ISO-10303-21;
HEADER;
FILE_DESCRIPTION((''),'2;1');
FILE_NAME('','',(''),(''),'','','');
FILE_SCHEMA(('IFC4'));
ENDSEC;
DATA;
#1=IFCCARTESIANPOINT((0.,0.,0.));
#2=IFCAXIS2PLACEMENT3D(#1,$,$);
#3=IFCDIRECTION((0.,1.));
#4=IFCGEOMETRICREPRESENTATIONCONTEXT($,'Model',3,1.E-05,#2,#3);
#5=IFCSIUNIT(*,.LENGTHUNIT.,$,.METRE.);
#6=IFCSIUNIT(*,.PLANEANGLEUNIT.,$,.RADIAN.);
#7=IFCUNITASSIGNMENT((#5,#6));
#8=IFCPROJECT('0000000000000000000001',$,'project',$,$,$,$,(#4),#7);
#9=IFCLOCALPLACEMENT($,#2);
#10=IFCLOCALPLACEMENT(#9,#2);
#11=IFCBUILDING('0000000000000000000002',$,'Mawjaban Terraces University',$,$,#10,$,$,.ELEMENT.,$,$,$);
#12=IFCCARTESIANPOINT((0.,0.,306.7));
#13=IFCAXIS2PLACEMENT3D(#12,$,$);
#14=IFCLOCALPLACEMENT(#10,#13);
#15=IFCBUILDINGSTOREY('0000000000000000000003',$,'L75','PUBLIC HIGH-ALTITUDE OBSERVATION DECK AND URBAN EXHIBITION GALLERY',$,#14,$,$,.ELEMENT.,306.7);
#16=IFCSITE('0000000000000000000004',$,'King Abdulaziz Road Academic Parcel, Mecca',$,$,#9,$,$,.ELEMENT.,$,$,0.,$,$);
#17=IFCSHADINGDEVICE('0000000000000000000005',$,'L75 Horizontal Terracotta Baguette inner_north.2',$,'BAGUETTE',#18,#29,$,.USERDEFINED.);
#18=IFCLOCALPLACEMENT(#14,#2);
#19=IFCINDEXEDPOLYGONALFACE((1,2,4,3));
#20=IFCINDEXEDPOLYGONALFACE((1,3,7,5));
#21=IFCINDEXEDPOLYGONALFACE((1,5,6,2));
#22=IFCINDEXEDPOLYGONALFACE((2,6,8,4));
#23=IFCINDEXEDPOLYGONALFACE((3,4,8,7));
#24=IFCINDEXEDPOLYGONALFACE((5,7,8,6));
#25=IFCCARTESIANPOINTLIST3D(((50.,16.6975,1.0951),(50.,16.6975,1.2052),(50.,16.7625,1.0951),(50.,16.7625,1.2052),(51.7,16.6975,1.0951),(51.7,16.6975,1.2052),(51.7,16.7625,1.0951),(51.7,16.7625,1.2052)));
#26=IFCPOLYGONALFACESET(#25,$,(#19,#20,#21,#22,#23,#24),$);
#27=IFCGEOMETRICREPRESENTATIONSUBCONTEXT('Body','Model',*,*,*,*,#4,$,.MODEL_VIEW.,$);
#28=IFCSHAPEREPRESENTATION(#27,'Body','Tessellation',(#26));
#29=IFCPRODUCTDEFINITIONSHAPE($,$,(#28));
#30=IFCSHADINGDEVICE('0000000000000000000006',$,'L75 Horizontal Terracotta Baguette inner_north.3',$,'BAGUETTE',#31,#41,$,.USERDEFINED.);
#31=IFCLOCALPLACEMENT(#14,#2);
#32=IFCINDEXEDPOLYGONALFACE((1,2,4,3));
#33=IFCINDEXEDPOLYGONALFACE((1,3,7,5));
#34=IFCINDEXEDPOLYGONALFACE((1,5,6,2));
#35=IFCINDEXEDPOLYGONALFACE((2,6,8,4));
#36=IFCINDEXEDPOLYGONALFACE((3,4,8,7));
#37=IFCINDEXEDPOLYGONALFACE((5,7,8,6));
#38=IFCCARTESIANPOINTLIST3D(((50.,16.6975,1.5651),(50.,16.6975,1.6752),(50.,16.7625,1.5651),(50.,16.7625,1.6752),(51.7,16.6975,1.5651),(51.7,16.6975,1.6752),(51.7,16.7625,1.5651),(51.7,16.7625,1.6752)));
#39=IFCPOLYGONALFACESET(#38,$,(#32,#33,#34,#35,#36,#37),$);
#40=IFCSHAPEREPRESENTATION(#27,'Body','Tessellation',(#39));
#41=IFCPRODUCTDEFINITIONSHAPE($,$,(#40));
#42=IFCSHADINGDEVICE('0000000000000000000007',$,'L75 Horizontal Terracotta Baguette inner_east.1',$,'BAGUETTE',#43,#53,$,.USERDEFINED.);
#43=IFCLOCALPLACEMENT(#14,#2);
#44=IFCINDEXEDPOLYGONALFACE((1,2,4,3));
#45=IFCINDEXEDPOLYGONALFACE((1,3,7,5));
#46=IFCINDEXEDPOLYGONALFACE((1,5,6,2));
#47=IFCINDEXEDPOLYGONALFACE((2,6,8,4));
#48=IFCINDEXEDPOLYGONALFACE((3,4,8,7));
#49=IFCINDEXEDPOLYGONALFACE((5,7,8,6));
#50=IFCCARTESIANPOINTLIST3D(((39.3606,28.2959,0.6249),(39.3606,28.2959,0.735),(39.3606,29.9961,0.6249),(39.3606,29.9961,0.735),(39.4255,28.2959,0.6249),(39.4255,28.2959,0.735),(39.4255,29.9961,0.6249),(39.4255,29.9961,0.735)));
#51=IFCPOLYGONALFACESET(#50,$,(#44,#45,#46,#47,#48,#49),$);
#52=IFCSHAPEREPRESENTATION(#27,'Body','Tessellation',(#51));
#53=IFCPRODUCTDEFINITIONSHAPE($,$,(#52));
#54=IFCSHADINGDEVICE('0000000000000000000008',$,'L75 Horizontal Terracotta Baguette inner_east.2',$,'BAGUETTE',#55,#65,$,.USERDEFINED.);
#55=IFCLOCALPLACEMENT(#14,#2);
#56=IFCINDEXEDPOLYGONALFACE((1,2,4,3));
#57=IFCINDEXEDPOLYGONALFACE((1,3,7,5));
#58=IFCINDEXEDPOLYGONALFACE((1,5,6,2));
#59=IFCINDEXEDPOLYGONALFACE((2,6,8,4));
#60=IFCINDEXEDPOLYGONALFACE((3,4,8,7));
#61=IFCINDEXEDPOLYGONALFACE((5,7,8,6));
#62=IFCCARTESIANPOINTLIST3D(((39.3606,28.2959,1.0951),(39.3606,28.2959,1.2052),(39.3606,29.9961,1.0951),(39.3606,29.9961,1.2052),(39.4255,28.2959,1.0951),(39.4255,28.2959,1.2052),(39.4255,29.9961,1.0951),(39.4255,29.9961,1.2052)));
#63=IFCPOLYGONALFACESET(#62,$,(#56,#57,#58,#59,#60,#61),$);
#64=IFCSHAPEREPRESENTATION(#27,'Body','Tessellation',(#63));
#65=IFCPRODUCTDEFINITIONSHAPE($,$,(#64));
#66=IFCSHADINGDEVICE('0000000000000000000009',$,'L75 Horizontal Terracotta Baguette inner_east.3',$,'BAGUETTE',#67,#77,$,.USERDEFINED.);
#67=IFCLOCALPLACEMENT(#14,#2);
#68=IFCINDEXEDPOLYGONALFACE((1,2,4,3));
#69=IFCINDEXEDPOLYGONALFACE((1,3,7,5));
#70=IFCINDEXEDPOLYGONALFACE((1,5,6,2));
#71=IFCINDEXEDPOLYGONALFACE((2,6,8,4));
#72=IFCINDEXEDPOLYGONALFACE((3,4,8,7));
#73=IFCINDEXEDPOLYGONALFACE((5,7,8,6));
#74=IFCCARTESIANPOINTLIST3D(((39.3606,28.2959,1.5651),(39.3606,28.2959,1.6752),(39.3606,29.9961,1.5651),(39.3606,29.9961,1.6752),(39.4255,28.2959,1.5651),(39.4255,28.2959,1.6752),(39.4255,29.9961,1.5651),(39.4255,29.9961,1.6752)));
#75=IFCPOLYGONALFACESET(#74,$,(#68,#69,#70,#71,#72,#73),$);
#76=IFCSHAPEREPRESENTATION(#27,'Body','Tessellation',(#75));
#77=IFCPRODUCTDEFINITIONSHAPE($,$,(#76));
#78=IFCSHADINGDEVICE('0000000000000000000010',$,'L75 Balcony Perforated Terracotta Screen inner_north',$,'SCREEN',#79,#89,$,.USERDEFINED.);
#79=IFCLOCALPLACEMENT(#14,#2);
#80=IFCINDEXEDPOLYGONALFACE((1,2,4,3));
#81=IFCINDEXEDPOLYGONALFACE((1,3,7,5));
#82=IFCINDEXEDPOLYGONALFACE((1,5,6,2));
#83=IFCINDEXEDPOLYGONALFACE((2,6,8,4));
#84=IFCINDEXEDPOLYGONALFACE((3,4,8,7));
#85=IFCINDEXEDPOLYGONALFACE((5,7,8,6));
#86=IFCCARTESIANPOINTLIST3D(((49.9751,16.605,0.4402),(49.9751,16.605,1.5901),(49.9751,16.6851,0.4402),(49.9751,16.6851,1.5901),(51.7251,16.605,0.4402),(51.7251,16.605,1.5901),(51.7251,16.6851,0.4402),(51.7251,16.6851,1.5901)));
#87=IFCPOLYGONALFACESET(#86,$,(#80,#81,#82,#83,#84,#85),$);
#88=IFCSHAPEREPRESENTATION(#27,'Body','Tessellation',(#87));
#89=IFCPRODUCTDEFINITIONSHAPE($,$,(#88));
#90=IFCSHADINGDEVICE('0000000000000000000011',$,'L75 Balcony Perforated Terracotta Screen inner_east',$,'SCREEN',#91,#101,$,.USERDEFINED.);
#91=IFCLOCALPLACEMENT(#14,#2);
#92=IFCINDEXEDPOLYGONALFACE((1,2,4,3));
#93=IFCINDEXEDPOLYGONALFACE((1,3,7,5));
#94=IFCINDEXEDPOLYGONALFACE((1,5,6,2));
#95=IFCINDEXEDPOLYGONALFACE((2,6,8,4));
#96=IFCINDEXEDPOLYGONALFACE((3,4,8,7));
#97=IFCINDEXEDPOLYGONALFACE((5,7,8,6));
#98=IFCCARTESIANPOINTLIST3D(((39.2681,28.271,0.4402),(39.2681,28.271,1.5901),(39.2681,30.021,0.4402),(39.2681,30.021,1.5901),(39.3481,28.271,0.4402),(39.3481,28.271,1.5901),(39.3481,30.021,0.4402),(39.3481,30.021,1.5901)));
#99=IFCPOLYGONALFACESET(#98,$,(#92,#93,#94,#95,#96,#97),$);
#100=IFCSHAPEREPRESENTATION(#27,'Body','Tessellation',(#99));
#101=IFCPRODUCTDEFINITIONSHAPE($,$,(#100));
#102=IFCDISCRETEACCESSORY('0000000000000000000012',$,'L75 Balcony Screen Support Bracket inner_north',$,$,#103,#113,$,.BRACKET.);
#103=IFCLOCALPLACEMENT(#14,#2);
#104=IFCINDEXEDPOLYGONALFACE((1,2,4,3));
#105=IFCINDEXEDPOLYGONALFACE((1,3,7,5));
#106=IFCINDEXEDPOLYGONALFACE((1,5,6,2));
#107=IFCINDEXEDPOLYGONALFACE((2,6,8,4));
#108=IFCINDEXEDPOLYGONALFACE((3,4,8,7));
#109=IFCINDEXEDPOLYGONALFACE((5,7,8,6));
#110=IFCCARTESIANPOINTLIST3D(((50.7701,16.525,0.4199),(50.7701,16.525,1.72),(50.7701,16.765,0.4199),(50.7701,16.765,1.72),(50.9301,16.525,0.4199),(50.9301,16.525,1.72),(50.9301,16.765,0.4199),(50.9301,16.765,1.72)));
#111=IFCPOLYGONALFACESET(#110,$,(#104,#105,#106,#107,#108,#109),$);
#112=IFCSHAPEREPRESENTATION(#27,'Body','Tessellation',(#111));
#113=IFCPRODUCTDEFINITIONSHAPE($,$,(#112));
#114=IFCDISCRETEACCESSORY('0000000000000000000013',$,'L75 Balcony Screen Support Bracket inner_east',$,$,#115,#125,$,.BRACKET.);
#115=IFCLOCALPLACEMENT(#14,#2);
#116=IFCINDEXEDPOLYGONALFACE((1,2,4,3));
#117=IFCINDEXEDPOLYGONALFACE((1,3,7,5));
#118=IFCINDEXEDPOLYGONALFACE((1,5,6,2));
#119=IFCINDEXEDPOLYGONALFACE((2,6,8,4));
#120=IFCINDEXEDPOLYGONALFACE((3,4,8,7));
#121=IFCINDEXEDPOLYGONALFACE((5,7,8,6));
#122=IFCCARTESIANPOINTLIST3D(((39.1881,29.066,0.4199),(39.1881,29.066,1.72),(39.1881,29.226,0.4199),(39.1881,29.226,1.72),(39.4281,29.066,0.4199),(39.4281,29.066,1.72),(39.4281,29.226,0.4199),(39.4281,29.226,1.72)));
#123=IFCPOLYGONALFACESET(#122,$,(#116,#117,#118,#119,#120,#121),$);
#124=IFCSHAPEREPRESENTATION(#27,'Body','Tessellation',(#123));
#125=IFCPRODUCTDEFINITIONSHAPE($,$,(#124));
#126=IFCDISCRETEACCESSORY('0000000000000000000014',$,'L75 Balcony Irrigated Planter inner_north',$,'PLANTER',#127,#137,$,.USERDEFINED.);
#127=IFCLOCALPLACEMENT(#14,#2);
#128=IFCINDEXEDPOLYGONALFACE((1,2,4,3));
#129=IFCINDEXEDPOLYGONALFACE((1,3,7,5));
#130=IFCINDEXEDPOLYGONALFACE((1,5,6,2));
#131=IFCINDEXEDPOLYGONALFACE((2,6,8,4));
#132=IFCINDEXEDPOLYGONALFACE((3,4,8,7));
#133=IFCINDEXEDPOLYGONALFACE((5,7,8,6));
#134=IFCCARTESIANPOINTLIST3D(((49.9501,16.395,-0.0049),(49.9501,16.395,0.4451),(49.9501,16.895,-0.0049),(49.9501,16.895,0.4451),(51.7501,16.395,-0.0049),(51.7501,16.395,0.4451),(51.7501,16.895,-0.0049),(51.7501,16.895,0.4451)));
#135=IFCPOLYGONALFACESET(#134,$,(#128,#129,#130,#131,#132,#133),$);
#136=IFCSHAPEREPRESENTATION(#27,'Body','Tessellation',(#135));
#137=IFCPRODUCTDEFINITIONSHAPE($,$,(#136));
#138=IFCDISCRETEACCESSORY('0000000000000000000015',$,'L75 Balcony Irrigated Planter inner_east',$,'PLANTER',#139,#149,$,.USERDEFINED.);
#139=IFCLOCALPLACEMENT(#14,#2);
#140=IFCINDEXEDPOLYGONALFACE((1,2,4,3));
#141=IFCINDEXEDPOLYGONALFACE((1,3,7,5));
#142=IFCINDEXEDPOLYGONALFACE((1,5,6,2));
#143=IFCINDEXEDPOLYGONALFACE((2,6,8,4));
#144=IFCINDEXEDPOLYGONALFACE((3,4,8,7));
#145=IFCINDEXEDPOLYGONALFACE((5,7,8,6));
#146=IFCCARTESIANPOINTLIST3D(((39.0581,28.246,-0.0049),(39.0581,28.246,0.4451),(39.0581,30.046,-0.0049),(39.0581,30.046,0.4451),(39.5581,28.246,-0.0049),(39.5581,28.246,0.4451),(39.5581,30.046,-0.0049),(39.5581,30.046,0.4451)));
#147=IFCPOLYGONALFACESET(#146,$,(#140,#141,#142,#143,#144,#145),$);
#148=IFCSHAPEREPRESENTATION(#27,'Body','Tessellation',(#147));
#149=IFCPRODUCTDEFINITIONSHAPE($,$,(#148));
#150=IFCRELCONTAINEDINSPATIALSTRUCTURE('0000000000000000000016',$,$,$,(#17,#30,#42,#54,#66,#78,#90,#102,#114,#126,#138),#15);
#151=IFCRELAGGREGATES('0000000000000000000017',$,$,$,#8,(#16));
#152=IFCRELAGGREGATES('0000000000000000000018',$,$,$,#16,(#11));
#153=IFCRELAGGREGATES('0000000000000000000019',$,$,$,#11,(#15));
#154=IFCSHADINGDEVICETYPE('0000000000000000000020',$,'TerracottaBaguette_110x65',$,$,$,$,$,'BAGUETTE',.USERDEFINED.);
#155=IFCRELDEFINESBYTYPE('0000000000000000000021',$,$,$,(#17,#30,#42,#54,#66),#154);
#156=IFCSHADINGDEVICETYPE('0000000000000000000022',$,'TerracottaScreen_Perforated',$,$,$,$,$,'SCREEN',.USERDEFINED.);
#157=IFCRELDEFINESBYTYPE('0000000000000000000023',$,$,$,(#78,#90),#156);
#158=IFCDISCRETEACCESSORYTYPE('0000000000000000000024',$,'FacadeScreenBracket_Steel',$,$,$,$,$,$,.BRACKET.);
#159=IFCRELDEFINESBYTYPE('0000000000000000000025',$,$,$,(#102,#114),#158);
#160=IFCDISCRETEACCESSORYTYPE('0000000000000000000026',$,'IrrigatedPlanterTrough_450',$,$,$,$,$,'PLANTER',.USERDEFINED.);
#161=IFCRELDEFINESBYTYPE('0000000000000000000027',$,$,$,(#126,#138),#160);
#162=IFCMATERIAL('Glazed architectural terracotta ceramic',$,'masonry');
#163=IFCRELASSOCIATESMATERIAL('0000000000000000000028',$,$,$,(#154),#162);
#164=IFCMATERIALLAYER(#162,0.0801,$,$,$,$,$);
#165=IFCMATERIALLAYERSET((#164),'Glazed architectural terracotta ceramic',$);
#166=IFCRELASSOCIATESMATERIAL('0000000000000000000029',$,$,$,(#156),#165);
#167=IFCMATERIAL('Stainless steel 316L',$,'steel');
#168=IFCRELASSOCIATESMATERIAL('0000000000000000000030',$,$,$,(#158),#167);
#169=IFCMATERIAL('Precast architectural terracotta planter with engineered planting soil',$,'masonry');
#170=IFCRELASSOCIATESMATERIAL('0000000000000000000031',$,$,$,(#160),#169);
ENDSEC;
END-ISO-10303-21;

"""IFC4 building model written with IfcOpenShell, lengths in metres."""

from ifc_helpers import new_model, si_unit, direction, frame, origin, origin_2d, place, context, subcontext, project, spatial, rectangle, extrude, material, layer, layer_set, material_profile, profile_set, type_object, element, save


model = new_model("IFC4")

# Units and contexts
model_context = context("Model", 3, precision=1e-05, world=origin(), true_north=direction((0.0, 1.0)))
body_context = subcontext(model_context, "Body", "Model", "MODEL_VIEW")
ifc_project = project(units=[si_unit("LENGTHUNIT", "METRE"), si_unit("PLANEANGLEUNIT", "RADIAN")], contexts=[model_context])

# Site, building, storey
site_placement = place(None, origin())
site = spatial("IfcSite", under=ifc_project, at=site_placement, Name="King Abdulaziz Road Academic Parcel, Mecca", CompositionType="ELEMENT", RefElevation=0.0)
building_placement = place(site_placement, origin())
building = spatial("IfcBuilding", under=site, at=building_placement, Name="Mawjaban Terraces University", CompositionType="ELEMENT")
storey_placement = place(building_placement, frame((0.0, 0.0, 306.7)))
storey = spatial("IfcBuildingStorey", under=building, at=storey_placement, Name="L75", Description="PUBLIC HIGH-ALTITUDE OBSERVATION DECK AND URBAN EXHIBITION GALLERY", CompositionType="ELEMENT", Elevation=306.7)

# Shading devices
ifc_material_1 = material(Name="Glazed architectural terracotta ceramic", Category="masonry")
ifc_material_profile_1 = material_profile(ifc_material_1, rectangle(XDim=0.0649, YDim=0.1101, at=origin_2d()), Name="TBAG110X65")
ifc_profile_set_1 = profile_set([ifc_material_profile_1], Name="Glazed architectural terracotta ceramic")
shading_device_type_1 = type_object("IfcShadingDeviceType", Name="TerracottaBaguette_110x65", ElementType="BAGUETTE", PredefinedType="USERDEFINED", material=ifc_profile_set_1)
for number, where, z_axis, x_axis, name in (
    (1, (50.0, 16.73, 1.1501), (1.0, 0.0, 0.0), (0.0, 1.0, 0.0), "L75 Horizontal Terracotta Baguette inner_north.2"),
    (2, (50.0, 16.73, 1.6201), (1.0, 0.0, 0.0), (0.0, 1.0, 0.0), "L75 Horizontal Terracotta Baguette inner_north.3"),
):
    element("IfcShadingDevice", number, at=place(storey_placement, frame(where, z_axis=z_axis, x_axis=x_axis)), inside=storey, type_object=shading_device_type_1, Name=name, ObjectType="BAGUETTE", PredefinedType="USERDEFINED", context=body_context, shape_type="SweptSolid", body=[
        extrude(rectangle(XDim=0.0649, YDim=0.1101, at=origin_2d()), origin(), (0.0, 0.0, 1.0), 1.7),
    ])
for number, where, z_axis, x_axis, name in (
    (3, (39.3931, 28.2959, 0.6799), (0.0, 1.0, 0.0), (-1.0, 0.0, 0.0), "L75 Horizontal Terracotta Baguette inner_east.1"),
    (4, (39.3931, 28.2959, 1.1501), (0.0, 1.0, 0.0), (-1.0, 0.0, 0.0), "L75 Horizontal Terracotta Baguette inner_east.2"),
    (5, (39.3931, 28.2959, 1.6201), (0.0, 1.0, 0.0), (-1.0, 0.0, 0.0), "L75 Horizontal Terracotta Baguette inner_east.3"),
):
    element("IfcShadingDevice", number, at=place(storey_placement, frame(where, z_axis=z_axis, x_axis=x_axis)), inside=storey, type_object=shading_device_type_1, Name=name, ObjectType="BAGUETTE", PredefinedType="USERDEFINED", context=body_context, shape_type="SweptSolid", body=[
        extrude(rectangle(XDim=0.0649, YDim=0.1101, at=origin_2d()), origin(), (0.0, 0.0, 1.0), 1.7002),
    ])
ifc_layer_1 = layer(ifc_material_1, 0.0801)
ifc_layer_set_1 = layer_set([ifc_layer_1], Name="Glazed architectural terracotta ceramic")
shading_device_type_2 = type_object("IfcShadingDeviceType", Name="TerracottaScreen_Perforated", ElementType="SCREEN", PredefinedType="USERDEFINED", material=ifc_layer_set_1)
for number, where, z_axis, x_axis, name in (
    (6, (50.8501, 16.645, 0.4402), (0.0, 0.0, 1.0), (1.0, 0.0, 0.0), "L75 Balcony Perforated Terracotta Screen inner_north"),
    (7, (39.3081, 29.146, 0.4402), (0.0, 0.0, 1.0), (0.0, 1.0, 0.0), "L75 Balcony Perforated Terracotta Screen inner_east"),
):
    element("IfcShadingDevice", number, at=place(storey_placement, frame(where, z_axis=z_axis, x_axis=x_axis)), inside=storey, type_object=shading_device_type_2, Name=name, ObjectType="SCREEN", PredefinedType="USERDEFINED", context=body_context, shape_type="SweptSolid", body=[
        extrude(rectangle(XDim=1.75, YDim=0.0801, at=origin_2d()), origin(), (0.0, 0.0, 1.0), 1.1499),
    ])

# Discrete accessories
ifc_material_2 = material(Name="Stainless steel 316L", Category="steel")
discrete_accessory_type_1 = type_object("IfcDiscreteAccessoryType", Name="FacadeScreenBracket_Steel", PredefinedType="BRACKET", material=ifc_material_2)
for number, where, z_axis, x_axis, name in (
    (8, (50.8501, 16.645, 0.4199), (0.0, 0.0, 1.0), (1.0, 0.0, 0.0), "L75 Balcony Screen Support Bracket inner_north"),
    (9, (39.3081, 29.146, 0.4199), (0.0, 0.0, 1.0), (0.0, 1.0, 0.0), "L75 Balcony Screen Support Bracket inner_east"),
):
    element("IfcDiscreteAccessory", number, at=place(storey_placement, frame(where, z_axis=z_axis, x_axis=x_axis)), inside=storey, type_object=discrete_accessory_type_1, Name=name, PredefinedType="BRACKET", context=body_context, shape_type="SweptSolid", body=[
        extrude(rectangle(XDim=0.1599, YDim=0.24, at=origin_2d()), origin(), (0.0, 0.0, 1.0), 1.3),
    ])
ifc_material_3 = material(Name="Precast architectural terracotta planter with engineered planting soil", Category="masonry")
discrete_accessory_type_2 = type_object("IfcDiscreteAccessoryType", Name="IrrigatedPlanterTrough_450", ElementType="PLANTER", PredefinedType="USERDEFINED", material=ifc_material_3)
for number, where, z_axis, x_axis, name in (
    (10, (50.8501, 16.645, -0.0049), (0.0, 0.0, 1.0), (1.0, 0.0, 0.0), "L75 Balcony Irrigated Planter inner_north"),
    (11, (39.3081, 29.146, -0.0049), (0.0, 0.0, 1.0), (0.0, 1.0, 0.0), "L75 Balcony Irrigated Planter inner_east"),
):
    element("IfcDiscreteAccessory", number, at=place(storey_placement, frame(where, z_axis=z_axis, x_axis=x_axis)), inside=storey, type_object=discrete_accessory_type_2, Name=name, ObjectType="PLANTER", PredefinedType="USERDEFINED", context=body_context, shape_type="SweptSolid", body=[
        extrude(rectangle(XDim=1.8, YDim=0.5, at=origin_2d()), origin(), (0.0, 0.0, 1.0), 0.45),
    ])

save(model, "model.ifc")
